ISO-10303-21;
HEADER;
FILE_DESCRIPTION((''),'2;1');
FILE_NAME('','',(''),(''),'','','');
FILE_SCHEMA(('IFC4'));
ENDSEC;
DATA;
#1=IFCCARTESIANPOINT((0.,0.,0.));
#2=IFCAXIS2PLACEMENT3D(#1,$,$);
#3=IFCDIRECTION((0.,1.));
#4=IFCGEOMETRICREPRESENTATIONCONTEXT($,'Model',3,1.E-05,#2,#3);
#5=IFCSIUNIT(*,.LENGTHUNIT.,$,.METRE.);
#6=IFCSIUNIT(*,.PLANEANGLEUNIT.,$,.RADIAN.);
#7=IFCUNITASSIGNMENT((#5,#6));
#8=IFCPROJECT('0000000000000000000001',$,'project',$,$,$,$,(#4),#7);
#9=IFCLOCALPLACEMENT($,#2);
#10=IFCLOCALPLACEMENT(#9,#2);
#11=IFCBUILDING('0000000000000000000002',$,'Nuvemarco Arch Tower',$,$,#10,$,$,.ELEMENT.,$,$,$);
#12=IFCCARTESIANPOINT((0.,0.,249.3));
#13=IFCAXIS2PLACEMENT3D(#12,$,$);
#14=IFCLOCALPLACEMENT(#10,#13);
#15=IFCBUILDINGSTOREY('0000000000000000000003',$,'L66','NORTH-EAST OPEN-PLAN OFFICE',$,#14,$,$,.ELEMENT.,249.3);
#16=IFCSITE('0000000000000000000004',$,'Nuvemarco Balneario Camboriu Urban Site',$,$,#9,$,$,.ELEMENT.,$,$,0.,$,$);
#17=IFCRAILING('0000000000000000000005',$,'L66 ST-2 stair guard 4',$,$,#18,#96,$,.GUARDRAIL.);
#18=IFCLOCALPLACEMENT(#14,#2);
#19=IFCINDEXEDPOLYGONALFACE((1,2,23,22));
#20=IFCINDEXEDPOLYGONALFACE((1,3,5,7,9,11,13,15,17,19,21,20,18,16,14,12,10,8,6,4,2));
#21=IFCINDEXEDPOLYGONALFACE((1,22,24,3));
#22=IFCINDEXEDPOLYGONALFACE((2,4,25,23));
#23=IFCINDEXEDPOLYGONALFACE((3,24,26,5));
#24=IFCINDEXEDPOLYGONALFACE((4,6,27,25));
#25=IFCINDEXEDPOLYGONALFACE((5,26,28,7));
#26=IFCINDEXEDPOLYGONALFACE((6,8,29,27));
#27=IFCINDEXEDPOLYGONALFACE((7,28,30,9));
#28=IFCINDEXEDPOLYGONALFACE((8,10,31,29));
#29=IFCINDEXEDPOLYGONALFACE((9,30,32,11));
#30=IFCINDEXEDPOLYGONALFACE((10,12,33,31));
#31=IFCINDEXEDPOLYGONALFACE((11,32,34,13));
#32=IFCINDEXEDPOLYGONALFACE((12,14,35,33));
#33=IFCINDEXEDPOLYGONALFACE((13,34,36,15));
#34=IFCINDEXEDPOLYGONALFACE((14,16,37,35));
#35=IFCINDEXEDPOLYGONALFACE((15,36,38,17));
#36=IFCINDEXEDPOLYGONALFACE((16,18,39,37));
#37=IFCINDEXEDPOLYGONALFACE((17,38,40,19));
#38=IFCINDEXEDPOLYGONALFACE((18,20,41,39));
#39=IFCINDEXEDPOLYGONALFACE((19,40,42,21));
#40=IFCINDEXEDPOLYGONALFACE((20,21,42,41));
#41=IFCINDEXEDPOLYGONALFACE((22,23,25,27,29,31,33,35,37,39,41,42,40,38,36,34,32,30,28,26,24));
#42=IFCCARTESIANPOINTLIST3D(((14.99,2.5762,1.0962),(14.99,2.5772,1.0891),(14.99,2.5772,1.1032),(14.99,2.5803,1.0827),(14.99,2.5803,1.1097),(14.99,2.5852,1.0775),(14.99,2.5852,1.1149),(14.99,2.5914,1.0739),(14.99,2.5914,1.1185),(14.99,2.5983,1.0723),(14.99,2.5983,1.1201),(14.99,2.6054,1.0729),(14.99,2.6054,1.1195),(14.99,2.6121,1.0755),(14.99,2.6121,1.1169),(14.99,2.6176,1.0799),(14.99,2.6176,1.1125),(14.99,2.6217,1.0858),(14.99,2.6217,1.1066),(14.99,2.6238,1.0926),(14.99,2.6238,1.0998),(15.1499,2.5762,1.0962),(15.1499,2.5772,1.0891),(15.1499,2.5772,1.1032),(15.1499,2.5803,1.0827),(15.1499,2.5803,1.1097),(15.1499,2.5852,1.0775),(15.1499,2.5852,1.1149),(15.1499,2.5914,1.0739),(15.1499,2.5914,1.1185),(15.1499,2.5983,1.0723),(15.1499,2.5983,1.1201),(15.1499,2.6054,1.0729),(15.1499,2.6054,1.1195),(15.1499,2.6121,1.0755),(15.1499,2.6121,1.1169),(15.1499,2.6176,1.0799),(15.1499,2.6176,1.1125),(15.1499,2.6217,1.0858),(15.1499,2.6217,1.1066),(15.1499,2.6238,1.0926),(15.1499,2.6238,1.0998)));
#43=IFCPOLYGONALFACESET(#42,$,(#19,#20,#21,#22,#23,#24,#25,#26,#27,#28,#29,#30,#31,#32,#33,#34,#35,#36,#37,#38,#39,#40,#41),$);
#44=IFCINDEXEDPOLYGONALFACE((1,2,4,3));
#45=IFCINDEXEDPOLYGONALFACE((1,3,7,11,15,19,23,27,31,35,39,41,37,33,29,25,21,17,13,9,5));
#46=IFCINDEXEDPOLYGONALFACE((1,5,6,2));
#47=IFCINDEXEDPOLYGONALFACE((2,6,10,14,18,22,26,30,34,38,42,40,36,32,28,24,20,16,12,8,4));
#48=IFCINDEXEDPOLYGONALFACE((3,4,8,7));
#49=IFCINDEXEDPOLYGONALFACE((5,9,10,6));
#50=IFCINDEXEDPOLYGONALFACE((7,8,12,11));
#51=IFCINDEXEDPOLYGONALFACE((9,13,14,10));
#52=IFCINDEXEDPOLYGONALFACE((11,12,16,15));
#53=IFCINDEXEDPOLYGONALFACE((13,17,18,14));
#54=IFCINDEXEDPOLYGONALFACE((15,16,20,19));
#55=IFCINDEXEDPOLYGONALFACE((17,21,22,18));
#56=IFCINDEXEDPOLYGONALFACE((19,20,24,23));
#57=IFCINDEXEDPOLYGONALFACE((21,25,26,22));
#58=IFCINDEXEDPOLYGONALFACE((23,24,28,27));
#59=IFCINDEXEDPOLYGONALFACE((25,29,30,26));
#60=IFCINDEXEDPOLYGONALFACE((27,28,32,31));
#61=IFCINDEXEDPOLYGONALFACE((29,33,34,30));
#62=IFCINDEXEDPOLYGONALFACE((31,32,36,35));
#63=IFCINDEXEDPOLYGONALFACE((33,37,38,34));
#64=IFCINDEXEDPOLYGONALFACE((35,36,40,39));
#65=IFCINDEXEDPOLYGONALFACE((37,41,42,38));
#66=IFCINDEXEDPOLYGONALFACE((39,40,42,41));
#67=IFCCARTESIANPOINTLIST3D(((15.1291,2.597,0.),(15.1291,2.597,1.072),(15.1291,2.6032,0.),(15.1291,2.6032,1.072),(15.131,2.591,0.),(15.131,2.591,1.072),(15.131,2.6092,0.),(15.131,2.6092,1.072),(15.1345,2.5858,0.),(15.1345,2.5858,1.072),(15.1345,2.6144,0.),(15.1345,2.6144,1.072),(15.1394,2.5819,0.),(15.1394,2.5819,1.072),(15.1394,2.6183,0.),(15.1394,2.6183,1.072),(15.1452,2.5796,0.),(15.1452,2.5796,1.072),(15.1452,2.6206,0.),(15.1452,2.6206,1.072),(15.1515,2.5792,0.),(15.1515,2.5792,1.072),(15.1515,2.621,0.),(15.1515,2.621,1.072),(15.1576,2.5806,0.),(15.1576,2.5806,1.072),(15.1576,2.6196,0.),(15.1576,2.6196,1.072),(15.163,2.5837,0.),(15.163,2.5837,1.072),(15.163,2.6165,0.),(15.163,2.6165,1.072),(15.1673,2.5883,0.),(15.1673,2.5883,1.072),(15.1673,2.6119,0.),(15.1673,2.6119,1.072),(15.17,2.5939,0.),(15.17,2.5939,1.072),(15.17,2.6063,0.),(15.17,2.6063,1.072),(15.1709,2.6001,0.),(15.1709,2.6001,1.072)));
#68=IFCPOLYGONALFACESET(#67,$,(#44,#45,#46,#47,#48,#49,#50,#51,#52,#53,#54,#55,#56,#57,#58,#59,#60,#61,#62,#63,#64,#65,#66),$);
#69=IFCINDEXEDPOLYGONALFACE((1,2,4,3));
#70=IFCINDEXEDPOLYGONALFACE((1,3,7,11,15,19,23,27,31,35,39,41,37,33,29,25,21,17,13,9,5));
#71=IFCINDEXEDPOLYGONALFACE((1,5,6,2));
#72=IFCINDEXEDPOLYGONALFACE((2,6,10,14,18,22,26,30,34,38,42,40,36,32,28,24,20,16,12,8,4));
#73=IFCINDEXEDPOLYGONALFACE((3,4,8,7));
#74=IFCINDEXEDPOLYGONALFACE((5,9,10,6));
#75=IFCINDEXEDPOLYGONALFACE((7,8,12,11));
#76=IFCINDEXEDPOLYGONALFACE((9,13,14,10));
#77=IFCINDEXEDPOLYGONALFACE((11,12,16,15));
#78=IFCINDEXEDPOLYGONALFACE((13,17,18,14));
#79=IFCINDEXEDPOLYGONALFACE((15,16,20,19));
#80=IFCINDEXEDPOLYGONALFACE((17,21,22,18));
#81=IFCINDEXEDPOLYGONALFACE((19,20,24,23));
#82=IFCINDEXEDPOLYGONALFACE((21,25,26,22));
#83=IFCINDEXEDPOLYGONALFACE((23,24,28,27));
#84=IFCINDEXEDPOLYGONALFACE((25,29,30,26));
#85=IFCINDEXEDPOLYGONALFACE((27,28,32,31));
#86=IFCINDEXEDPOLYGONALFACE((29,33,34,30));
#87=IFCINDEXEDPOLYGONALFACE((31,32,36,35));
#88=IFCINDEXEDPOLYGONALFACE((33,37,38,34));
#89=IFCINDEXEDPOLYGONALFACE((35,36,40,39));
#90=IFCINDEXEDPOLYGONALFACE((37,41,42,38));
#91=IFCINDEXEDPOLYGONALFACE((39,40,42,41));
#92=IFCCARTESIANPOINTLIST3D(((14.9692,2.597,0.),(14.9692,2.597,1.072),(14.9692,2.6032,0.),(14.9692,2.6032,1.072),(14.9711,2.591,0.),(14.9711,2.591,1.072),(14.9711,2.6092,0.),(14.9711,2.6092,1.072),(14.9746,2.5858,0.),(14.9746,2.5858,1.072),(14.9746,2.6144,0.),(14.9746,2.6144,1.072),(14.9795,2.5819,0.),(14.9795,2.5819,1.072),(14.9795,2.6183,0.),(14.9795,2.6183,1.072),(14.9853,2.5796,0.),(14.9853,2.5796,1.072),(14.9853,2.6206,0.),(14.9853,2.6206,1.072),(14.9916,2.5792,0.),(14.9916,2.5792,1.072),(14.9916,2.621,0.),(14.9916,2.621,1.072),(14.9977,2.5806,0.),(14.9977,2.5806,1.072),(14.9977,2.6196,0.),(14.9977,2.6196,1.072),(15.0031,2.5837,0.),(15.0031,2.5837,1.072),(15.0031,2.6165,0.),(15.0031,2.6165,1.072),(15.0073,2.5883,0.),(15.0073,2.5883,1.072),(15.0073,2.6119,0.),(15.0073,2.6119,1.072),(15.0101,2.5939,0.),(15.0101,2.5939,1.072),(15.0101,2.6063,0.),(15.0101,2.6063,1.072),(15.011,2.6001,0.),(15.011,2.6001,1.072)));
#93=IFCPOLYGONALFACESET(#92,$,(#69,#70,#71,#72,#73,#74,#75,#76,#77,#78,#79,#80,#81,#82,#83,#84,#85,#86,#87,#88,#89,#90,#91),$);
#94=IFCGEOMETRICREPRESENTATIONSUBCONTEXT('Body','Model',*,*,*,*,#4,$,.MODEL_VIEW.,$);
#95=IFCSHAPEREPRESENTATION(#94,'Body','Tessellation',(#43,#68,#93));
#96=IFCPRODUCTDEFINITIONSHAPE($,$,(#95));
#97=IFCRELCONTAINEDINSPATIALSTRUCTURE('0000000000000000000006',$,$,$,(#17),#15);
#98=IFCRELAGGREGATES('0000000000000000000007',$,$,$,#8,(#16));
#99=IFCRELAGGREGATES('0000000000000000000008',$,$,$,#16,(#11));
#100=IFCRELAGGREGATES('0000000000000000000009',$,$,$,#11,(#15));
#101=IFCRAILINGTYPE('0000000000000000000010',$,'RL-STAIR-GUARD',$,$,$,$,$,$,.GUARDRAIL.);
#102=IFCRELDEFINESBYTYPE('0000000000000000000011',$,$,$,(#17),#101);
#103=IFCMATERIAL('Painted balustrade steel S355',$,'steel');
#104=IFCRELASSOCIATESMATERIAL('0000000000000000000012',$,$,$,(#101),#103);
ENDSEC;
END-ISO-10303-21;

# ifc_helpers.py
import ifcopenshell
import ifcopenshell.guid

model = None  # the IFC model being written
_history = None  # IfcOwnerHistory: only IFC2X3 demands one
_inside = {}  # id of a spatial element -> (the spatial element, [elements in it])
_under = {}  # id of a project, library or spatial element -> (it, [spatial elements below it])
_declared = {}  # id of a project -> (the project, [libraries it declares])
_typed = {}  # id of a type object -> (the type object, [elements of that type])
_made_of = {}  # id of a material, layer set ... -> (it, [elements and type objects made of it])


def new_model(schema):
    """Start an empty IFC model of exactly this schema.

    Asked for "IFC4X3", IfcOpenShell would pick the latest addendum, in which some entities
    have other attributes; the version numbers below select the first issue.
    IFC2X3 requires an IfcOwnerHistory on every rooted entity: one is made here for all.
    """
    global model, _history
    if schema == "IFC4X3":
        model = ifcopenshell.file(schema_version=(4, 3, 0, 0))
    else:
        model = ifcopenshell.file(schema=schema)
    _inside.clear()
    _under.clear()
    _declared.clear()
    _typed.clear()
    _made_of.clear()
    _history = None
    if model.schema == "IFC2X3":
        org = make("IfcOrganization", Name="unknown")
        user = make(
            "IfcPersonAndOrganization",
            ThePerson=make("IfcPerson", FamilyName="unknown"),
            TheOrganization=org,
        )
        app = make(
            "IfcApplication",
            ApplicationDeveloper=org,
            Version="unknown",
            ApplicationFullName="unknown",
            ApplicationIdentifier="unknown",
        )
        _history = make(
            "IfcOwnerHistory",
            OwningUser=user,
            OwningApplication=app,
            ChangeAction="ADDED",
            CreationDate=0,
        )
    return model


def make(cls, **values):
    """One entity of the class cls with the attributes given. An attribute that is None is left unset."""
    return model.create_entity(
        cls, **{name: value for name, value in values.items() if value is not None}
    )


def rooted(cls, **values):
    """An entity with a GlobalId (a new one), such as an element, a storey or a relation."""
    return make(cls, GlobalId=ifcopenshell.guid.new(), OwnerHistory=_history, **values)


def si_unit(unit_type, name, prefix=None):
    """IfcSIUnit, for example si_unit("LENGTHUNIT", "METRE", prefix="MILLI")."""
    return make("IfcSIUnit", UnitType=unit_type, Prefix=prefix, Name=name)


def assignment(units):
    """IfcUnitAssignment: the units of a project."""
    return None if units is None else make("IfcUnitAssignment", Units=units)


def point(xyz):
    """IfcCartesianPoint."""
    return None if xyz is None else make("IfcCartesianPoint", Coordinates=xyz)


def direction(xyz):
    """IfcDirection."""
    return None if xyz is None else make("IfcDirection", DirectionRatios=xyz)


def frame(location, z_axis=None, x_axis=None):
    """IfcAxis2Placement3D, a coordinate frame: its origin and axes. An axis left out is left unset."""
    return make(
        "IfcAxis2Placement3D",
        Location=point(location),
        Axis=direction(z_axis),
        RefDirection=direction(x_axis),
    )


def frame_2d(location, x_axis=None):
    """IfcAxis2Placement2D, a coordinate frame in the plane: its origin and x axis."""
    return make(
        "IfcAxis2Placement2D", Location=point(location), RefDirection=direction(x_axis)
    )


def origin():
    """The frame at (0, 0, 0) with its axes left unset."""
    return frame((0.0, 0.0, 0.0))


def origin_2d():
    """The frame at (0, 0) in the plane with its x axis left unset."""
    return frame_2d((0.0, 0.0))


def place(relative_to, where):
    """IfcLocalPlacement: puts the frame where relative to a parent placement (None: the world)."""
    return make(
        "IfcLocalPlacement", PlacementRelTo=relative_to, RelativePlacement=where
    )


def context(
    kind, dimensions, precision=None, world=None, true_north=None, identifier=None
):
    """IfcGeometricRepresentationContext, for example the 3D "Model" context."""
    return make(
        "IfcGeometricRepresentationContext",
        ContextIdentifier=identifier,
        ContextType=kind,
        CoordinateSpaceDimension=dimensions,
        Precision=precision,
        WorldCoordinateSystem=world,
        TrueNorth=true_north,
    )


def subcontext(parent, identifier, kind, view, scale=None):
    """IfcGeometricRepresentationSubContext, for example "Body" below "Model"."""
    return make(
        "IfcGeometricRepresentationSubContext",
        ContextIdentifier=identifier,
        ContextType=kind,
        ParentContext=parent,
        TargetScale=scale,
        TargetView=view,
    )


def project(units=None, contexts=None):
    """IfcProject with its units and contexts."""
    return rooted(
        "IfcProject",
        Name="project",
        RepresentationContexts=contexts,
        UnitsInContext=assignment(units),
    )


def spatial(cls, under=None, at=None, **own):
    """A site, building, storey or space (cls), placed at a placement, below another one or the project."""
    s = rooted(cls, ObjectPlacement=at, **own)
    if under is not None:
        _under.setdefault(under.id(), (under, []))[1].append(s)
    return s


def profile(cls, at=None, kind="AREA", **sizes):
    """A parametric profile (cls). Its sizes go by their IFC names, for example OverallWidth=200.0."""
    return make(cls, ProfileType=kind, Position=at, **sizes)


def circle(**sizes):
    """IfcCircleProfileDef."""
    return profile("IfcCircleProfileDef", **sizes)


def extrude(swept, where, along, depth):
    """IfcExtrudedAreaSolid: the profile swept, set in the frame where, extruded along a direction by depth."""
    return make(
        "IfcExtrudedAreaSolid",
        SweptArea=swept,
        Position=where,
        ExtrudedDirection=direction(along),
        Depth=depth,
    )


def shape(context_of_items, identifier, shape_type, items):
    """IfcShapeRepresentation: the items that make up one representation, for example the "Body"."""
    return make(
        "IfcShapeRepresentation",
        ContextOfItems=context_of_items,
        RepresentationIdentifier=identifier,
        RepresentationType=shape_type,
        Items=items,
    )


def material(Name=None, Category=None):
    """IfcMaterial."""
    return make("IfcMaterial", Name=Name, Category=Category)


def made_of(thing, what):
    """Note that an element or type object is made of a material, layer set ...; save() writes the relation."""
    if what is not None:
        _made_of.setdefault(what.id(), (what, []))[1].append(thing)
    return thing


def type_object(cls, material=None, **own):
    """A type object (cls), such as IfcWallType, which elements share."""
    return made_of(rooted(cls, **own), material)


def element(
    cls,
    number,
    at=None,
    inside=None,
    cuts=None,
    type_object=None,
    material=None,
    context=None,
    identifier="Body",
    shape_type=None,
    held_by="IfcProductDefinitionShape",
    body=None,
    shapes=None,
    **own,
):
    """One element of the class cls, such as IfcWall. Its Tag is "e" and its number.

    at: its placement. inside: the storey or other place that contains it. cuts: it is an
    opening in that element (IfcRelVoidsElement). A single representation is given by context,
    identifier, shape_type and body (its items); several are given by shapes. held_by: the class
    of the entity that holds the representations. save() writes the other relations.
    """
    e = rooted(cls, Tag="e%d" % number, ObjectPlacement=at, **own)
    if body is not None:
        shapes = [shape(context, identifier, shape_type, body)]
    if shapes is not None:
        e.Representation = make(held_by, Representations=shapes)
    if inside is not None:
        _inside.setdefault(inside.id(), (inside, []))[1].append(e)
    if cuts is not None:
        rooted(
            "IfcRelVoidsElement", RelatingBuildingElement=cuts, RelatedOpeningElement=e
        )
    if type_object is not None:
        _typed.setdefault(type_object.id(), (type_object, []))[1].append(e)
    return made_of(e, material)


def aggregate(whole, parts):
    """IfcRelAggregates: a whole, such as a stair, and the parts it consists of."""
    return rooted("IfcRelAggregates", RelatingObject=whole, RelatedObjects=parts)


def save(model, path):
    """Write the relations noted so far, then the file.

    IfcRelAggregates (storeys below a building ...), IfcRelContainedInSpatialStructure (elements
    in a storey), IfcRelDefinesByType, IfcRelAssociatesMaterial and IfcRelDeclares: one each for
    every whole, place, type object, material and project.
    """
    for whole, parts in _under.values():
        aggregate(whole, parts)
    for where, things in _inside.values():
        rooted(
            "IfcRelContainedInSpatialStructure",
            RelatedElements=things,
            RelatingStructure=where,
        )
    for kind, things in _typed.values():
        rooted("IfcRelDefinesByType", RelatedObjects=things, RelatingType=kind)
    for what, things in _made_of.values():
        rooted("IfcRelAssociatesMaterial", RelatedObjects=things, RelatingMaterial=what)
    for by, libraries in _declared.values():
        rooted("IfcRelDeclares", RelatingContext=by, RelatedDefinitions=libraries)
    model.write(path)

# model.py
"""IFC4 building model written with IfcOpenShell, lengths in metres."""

from ifc_helpers import new_model, si_unit, direction, frame, origin, origin_2d, place, context, subcontext, project, spatial, circle, extrude, material, type_object, element, save


model = new_model("IFC4")

# Units and contexts
model_context = context("Model", 3, precision=1e-05, world=origin(), true_north=direction((0.0, 1.0)))
body_context = subcontext(model_context, "Body", "Model", "MODEL_VIEW")
ifc_project = project(units=[si_unit("LENGTHUNIT", "METRE"), si_unit("PLANEANGLEUNIT", "RADIAN")], contexts=[model_context])

# Site, building, storey
site_placement = place(None, origin())
site = spatial("IfcSite", under=ifc_project, at=site_placement, Name="Nuvemarco Balneario Camboriu Urban Site", CompositionType="ELEMENT", RefElevation=0.0)
building_placement = place(site_placement, origin())
building = spatial("IfcBuilding", under=site, at=building_placement, Name="Nuvemarco Arch Tower", CompositionType="ELEMENT")
storey_placement = place(building_placement, frame((0.0, 0.0, 249.3)))
storey = spatial("IfcBuildingStorey", under=building, at=storey_placement, Name="L66", Description="NORTH-EAST OPEN-PLAN OFFICE", CompositionType="ELEMENT", Elevation=249.3)

# Railing
ifc_material_1 = material(Name="Painted balustrade steel S355", Category="steel")
railing_type_1 = type_object("IfcRailingType", Name="RL-STAIR-GUARD", PredefinedType="GUARDRAIL", material=ifc_material_1)
railing_1_placement = place(storey_placement, frame((15.1499, 2.6001, 0.0)))
element("IfcRailing", 1, at=railing_1_placement, inside=storey, type_object=railing_type_1, Name="L66 ST-2 stair guard 4", PredefinedType="GUARDRAIL", context=body_context, shape_type="SweptSolid", body=[
    extrude(circle(Radius=0.0239, at=origin_2d()), frame((0.0, 0.0, 1.0962), z_axis=(-1.0, 0.0, 0.0), x_axis=(0.0, -1.0, 0.0)), (0.0, 0.0, 1.0), 0.1599),
    extrude(circle(Radius=0.021, at=origin_2d()), origin(), (0.0, 0.0, 1.0), 1.072),
    extrude(circle(Radius=0.021, at=origin_2d()), frame((-0.1599, 0.0, 0.0)), (0.0, 0.0, 1.0), 1.072),
])

save(model, "model.ifc")
